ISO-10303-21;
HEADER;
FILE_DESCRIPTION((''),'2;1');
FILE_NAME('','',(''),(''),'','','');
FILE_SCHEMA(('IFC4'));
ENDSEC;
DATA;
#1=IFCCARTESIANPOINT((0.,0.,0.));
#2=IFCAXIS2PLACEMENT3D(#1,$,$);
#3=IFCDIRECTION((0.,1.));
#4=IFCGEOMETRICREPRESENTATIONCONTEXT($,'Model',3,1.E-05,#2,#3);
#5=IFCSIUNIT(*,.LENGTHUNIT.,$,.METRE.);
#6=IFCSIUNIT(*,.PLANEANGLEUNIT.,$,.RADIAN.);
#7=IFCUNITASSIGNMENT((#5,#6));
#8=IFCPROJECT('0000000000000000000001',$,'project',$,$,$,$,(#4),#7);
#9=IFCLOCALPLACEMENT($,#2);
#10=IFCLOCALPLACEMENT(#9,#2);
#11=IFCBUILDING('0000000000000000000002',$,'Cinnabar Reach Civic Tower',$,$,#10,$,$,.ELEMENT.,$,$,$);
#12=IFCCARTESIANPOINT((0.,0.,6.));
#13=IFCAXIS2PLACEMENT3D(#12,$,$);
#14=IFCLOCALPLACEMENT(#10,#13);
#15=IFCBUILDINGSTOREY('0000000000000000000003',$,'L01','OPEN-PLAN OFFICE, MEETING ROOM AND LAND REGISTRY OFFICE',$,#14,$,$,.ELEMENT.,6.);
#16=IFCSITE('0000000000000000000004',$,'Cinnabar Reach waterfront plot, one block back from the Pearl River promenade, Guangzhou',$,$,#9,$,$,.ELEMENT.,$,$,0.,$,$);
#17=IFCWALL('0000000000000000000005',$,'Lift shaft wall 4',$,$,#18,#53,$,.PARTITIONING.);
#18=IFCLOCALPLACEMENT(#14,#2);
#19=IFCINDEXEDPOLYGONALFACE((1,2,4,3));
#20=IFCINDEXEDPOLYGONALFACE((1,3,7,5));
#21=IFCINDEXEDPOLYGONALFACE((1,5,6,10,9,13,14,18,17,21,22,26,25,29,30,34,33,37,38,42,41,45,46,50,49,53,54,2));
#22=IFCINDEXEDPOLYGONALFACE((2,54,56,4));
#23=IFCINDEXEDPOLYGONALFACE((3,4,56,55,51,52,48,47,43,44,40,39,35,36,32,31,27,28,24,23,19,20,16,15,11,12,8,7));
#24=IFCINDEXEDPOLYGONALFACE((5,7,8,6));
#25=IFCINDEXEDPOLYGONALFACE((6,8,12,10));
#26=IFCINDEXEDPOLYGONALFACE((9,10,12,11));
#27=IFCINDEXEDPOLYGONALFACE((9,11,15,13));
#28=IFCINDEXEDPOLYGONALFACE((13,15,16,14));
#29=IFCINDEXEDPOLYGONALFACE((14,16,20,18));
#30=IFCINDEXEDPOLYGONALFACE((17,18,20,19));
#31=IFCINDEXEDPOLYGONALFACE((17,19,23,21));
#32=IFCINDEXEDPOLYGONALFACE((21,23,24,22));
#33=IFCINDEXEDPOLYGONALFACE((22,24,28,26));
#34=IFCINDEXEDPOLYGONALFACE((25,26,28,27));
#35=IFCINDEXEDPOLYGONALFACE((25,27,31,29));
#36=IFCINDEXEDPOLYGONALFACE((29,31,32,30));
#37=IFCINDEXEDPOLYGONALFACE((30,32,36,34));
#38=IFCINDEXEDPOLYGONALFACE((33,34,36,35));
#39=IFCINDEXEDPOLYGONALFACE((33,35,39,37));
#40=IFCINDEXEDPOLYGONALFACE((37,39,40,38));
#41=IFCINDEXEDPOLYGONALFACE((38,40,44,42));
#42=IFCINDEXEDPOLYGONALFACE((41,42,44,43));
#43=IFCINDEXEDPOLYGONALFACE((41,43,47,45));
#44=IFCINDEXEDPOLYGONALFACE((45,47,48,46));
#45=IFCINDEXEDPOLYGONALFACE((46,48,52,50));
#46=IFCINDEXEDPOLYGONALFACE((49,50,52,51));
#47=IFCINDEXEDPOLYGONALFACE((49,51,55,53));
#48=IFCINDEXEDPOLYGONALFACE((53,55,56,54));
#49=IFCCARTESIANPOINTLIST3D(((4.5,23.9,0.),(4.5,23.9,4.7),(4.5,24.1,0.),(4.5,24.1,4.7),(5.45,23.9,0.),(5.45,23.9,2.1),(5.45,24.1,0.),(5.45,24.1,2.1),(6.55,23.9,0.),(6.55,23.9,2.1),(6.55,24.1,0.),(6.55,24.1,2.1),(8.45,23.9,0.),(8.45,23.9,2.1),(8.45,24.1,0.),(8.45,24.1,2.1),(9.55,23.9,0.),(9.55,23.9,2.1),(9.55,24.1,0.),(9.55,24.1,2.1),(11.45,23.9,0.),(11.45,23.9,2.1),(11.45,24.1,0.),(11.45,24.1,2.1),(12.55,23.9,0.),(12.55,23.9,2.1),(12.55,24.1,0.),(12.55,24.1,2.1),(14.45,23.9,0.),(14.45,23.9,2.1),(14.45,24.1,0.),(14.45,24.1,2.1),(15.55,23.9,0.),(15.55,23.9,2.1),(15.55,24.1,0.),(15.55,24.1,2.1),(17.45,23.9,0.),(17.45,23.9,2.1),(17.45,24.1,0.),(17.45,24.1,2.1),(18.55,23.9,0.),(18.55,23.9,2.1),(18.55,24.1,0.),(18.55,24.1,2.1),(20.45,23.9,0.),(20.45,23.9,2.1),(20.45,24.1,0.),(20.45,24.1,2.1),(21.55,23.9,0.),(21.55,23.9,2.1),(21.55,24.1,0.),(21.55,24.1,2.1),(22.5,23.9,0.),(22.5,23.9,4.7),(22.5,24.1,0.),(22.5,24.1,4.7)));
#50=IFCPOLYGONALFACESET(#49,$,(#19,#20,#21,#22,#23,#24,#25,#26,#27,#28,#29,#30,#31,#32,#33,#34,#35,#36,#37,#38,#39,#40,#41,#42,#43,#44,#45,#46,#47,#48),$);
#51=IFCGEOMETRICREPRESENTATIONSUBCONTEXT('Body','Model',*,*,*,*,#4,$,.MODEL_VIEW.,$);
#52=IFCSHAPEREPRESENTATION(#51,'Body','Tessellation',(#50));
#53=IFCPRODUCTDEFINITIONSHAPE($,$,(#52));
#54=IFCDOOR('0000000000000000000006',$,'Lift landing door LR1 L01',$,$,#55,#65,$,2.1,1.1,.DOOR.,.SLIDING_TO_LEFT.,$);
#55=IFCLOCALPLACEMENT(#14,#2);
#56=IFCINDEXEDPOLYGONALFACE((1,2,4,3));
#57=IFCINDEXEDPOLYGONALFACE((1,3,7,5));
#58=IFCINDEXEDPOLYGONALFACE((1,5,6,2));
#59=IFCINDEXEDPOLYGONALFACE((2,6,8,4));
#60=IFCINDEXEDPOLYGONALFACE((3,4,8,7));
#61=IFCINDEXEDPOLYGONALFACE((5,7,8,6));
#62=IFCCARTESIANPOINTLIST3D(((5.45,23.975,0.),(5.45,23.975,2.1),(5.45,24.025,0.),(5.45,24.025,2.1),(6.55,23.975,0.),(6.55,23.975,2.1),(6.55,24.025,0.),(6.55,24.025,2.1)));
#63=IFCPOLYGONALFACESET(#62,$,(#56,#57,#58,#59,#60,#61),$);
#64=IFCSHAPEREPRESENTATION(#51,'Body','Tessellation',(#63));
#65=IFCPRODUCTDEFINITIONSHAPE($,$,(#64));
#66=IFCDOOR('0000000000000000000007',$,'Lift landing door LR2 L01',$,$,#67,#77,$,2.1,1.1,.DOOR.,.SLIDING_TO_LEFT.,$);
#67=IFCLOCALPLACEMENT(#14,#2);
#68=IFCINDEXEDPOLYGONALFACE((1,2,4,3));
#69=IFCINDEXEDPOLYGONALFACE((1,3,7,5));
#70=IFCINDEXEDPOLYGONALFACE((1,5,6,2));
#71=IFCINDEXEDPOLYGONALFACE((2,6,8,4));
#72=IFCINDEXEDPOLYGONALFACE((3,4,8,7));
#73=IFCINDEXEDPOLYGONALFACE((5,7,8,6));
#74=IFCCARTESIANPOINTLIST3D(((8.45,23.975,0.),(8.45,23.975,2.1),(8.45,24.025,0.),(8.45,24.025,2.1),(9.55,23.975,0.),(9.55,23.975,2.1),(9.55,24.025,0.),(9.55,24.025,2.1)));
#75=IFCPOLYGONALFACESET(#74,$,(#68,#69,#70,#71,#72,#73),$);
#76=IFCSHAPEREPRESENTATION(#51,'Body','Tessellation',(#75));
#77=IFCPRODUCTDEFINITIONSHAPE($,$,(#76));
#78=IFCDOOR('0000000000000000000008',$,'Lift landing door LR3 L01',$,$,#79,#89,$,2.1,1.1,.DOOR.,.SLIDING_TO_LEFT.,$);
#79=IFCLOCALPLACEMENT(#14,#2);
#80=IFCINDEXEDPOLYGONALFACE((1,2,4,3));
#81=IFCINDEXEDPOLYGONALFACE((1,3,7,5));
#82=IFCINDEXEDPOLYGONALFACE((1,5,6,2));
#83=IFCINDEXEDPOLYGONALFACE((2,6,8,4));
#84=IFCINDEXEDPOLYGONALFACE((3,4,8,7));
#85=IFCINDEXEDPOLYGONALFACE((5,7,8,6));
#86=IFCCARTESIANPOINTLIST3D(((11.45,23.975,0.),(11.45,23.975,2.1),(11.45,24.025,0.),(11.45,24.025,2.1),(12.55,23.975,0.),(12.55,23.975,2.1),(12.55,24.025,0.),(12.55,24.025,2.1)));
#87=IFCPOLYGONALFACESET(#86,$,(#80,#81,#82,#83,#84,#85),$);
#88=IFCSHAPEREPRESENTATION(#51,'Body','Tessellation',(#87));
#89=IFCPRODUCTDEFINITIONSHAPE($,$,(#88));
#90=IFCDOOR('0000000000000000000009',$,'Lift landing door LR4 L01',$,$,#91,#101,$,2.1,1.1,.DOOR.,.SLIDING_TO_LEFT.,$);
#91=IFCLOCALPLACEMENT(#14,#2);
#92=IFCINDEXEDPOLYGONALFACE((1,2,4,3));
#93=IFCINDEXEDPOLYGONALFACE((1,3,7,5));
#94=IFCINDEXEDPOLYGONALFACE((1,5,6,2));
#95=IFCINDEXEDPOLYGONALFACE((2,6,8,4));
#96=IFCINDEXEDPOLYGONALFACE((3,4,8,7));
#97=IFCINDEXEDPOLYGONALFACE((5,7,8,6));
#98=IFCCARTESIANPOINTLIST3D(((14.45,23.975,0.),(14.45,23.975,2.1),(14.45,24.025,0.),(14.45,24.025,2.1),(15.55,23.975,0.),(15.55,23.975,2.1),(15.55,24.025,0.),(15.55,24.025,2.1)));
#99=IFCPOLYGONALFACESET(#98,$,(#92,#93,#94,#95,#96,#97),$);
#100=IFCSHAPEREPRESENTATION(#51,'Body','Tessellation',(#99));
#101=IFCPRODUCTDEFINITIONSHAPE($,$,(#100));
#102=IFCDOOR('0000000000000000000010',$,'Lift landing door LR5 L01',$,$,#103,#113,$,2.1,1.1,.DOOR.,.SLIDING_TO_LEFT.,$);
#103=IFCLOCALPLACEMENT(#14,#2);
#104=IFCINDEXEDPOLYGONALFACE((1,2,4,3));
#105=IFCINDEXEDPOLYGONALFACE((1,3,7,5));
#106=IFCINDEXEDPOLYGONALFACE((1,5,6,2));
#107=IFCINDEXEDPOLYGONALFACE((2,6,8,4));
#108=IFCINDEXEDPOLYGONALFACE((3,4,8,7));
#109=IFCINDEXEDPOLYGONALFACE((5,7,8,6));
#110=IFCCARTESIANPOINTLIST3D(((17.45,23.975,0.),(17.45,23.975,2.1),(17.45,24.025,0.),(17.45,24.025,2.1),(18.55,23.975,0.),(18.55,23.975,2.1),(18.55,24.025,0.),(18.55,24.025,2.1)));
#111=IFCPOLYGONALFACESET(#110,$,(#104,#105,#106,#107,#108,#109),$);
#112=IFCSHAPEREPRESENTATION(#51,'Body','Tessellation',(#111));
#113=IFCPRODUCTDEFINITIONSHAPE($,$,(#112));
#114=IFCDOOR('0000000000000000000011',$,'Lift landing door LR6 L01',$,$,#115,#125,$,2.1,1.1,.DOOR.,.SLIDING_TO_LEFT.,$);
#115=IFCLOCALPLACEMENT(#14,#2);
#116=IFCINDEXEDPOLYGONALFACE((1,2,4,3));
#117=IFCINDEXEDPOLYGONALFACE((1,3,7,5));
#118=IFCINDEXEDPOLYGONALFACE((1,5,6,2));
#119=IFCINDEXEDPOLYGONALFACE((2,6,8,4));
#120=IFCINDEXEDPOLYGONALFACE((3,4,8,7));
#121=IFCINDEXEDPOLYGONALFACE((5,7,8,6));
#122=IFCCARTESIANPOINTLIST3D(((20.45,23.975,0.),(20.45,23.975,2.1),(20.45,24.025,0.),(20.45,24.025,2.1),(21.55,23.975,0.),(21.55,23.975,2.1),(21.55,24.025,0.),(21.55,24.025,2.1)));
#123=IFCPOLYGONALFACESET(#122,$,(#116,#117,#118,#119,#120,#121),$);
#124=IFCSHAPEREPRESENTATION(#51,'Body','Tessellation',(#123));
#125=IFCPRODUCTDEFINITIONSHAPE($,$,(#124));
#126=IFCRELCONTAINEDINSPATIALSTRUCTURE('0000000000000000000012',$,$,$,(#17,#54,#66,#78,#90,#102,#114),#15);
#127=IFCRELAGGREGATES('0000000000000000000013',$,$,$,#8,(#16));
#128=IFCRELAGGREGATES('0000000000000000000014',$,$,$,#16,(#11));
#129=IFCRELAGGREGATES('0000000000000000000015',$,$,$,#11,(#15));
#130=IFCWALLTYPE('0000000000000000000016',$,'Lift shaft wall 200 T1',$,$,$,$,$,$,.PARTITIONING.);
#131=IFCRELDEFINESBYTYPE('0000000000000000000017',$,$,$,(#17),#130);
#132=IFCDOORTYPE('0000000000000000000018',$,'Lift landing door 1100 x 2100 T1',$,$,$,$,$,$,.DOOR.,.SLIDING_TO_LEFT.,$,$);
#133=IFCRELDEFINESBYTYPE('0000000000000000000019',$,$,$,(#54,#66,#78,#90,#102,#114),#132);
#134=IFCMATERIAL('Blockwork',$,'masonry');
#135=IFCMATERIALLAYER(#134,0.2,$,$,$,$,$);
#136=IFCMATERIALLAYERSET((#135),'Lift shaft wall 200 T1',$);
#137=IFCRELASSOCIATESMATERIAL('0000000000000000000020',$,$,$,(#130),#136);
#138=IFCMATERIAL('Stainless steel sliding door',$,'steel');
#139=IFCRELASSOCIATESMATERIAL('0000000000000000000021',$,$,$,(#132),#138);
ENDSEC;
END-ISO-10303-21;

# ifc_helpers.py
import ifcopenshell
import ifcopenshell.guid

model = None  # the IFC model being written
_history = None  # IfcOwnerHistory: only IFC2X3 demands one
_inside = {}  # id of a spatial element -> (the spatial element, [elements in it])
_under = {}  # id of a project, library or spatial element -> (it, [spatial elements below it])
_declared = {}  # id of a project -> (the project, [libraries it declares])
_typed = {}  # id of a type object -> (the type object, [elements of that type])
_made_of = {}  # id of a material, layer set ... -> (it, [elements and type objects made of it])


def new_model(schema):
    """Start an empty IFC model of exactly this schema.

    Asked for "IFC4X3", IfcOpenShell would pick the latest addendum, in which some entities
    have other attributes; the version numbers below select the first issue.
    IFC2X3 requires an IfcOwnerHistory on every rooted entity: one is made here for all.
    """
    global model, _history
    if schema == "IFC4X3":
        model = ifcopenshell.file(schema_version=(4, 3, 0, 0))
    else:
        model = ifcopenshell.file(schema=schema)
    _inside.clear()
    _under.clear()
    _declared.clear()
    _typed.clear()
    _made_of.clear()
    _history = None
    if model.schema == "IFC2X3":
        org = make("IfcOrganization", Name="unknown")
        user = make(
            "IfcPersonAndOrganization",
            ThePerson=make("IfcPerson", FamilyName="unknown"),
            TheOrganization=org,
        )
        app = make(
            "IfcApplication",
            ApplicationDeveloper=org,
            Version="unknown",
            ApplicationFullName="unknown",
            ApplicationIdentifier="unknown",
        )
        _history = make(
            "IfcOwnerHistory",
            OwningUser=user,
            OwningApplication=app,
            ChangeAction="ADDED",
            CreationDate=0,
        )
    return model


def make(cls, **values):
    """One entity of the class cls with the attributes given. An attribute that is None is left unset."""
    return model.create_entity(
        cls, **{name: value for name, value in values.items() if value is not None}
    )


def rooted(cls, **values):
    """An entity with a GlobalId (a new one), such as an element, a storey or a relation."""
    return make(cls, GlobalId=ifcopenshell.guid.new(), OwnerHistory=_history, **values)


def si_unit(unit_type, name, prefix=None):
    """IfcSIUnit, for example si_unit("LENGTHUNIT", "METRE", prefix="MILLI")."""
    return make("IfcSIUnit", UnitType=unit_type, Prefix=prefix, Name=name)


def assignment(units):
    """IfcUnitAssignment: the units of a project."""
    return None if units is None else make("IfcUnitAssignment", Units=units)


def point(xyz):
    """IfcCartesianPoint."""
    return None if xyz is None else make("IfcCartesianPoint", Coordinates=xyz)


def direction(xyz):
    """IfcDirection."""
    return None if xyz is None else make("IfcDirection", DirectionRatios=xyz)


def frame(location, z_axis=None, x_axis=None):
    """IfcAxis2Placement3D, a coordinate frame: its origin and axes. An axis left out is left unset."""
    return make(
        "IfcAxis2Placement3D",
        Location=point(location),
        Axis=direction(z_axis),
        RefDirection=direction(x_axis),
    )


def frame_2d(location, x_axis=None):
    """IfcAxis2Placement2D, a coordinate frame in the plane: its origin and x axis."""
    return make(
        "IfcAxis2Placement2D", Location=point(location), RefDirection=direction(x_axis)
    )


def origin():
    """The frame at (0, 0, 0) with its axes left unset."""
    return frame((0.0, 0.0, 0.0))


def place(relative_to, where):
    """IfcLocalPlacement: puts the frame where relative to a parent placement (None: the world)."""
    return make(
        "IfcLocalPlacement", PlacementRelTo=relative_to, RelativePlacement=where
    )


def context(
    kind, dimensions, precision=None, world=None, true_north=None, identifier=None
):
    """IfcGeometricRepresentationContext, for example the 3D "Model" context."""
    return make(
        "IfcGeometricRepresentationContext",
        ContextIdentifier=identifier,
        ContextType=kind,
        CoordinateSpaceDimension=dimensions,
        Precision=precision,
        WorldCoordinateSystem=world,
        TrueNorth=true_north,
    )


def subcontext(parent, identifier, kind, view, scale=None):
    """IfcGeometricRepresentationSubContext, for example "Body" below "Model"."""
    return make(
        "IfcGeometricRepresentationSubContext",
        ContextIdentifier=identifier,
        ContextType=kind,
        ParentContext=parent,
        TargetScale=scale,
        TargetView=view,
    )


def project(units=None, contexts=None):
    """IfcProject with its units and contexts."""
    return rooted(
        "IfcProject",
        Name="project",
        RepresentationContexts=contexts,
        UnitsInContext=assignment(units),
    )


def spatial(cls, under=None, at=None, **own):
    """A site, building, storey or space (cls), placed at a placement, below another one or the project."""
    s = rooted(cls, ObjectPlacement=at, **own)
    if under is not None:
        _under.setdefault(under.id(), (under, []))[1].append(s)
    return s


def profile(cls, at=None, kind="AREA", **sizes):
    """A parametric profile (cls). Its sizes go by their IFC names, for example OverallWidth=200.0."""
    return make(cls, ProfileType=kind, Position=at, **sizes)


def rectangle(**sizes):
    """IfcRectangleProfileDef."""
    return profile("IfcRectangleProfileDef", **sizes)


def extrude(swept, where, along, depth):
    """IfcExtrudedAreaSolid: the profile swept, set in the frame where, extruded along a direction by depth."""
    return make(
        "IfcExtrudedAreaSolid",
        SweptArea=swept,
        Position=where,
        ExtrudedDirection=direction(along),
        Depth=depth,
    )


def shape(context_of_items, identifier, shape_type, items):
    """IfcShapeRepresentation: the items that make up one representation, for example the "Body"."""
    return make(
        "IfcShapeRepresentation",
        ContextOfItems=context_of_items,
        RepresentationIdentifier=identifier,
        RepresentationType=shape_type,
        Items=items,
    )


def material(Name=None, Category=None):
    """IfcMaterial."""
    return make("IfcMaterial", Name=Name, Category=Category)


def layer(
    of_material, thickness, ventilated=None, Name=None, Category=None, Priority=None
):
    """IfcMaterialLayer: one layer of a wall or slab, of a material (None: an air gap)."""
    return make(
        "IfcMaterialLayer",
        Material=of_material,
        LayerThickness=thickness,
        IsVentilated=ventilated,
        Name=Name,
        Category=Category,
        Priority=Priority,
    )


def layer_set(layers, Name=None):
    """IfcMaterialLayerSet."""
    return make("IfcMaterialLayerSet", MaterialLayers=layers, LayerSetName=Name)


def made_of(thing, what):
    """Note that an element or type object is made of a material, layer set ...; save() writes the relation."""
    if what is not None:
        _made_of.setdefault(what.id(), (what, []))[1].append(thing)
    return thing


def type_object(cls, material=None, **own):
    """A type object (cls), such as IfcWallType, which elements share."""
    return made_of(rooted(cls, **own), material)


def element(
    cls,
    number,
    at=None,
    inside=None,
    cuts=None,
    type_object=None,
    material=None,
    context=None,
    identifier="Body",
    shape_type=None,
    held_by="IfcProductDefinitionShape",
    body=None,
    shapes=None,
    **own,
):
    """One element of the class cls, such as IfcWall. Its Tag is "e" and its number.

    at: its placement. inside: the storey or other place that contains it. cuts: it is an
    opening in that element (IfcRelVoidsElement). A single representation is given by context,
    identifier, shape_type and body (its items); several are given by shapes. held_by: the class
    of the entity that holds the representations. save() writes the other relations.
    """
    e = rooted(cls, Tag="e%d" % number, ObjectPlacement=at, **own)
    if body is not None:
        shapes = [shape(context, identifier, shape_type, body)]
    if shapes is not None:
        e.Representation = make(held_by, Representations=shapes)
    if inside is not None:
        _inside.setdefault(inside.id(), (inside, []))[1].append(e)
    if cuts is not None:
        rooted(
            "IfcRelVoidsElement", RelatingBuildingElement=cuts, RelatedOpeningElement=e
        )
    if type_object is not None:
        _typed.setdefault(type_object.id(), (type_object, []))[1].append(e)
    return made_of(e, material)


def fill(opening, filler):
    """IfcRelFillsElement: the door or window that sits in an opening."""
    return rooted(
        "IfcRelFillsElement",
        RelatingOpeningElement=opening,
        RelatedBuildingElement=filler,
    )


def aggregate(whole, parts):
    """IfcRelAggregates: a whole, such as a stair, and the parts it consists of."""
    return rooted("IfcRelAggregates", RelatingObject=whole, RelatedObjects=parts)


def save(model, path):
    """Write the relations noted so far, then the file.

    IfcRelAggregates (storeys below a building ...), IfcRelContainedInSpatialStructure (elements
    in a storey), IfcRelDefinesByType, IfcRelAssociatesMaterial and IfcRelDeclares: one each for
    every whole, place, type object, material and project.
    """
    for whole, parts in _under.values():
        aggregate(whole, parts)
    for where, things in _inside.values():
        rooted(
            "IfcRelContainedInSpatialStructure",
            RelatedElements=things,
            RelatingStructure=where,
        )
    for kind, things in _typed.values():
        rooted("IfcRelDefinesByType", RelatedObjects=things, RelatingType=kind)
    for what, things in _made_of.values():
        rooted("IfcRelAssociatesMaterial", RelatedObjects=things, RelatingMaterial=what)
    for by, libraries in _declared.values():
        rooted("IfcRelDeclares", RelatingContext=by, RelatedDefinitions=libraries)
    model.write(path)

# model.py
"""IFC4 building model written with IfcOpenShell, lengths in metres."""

from ifc_helpers import new_model, si_unit, direction, frame, frame_2d, origin, place, context, subcontext, project, spatial, rectangle, extrude, material, layer, layer_set, type_object, element, fill, save


model = new_model("IFC4")

# Units and contexts
model_context = context("Model", 3, precision=1e-05, world=origin(), true_north=direction((0.0, 1.0)))
body_context = subcontext(model_context, "Body", "Model", "MODEL_VIEW")
ifc_project = project(units=[si_unit("LENGTHUNIT", "METRE"), si_unit("PLANEANGLEUNIT", "RADIAN")], contexts=[model_context])

# Site, building, storey
site_placement = place(None, origin())
site = spatial("IfcSite", under=ifc_project, at=site_placement, Name="Cinnabar Reach waterfront plot, one block back from the Pearl River promenade, Guangzhou", CompositionType="ELEMENT", RefElevation=0.0)
building_placement = place(site_placement, origin())
building = spatial("IfcBuilding", under=site, at=building_placement, Name="Cinnabar Reach Civic Tower", CompositionType="ELEMENT")
storey_placement = place(building_placement, frame((0.0, 0.0, 6.0)))
storey = spatial("IfcBuildingStorey", under=building, at=storey_placement, Name="L01", Description="OPEN-PLAN OFFICE, MEETING ROOM AND LAND REGISTRY OFFICE", CompositionType="ELEMENT", Elevation=6.0)

# Wall, openings, doors
ifc_material_1 = material(Name="Blockwork", Category="masonry")
ifc_layer_1 = layer(ifc_material_1, 0.2)
ifc_layer_set_1 = layer_set([ifc_layer_1], Name="Lift shaft wall 200 T1")
wall_type_1 = type_object("IfcWallType", Name="Lift shaft wall 200 T1", PredefinedType="PARTITIONING", material=ifc_layer_set_1)
wall_1_placement = place(storey_placement, frame((4.5, 24.0, 0.0), z_axis=(0.0, 0.0, 1.0), x_axis=(1.0, 0.0, 0.0)))
wall_1 = element("IfcWall", 1, at=wall_1_placement, inside=storey, type_object=wall_type_1, Name="Lift shaft wall 4", PredefinedType="PARTITIONING", context=body_context, shape_type="SweptSolid", body=[
    extrude(rectangle(XDim=18.0, YDim=0.2, at=frame_2d((9.0, 0.0))), origin(), (0.0, 0.0, 1.0), 4.7),
])
opening_1_placement = place(wall_1_placement, frame((0.95, 0.0, 0.0)))
opening_1 = element("IfcOpeningElement", 2, at=opening_1_placement, cuts=wall_1, PredefinedType="OPENING", context=body_context, shape_type="SweptSolid", body=[
    extrude(rectangle(XDim=1.1, YDim=2.1, at=frame_2d((0.55, 1.05))), frame((0.0, 0.11, 0.0), z_axis=(0.0, -1.0, 0.0), x_axis=(1.0, 0.0, 0.0)), (0.0, 0.0, 1.0), 0.22),
])
opening_2_placement = place(wall_1_placement, frame((3.95, 0.0, 0.0)))
opening_2 = element("IfcOpeningElement", 3, at=opening_2_placement, cuts=wall_1, PredefinedType="OPENING", context=body_context, shape_type="SweptSolid", body=[
    extrude(rectangle(XDim=1.1, YDim=2.1, at=frame_2d((0.55, 1.05))), frame((0.0, 0.11, 0.0), z_axis=(0.0, -1.0, 0.0), x_axis=(1.0, 0.0, 0.0)), (0.0, 0.0, 1.0), 0.22),
])
opening_3_placement = place(wall_1_placement, frame((6.95, 0.0, 0.0)))
opening_3 = element("IfcOpeningElement", 4, at=opening_3_placement, cuts=wall_1, PredefinedType="OPENING", context=body_context, shape_type="SweptSolid", body=[
    extrude(rectangle(XDim=1.1, YDim=2.1, at=frame_2d((0.55, 1.05))), frame((0.0, 0.11, 0.0), z_axis=(0.0, -1.0, 0.0), x_axis=(1.0, 0.0, 0.0)), (0.0, 0.0, 1.0), 0.22),
])
opening_4_placement = place(wall_1_placement, frame((9.95, 0.0, 0.0)))
opening_4 = element("IfcOpeningElement", 5, at=opening_4_placement, cuts=wall_1, PredefinedType="OPENING", context=body_context, shape_type="SweptSolid", body=[
    extrude(rectangle(XDim=1.1, YDim=2.1, at=frame_2d((0.55, 1.05))), frame((0.0, 0.11, 0.0), z_axis=(0.0, -1.0, 0.0), x_axis=(1.0, 0.0, 0.0)), (0.0, 0.0, 1.0), 0.22),
])
opening_5_placement = place(wall_1_placement, frame((12.95, 0.0, 0.0)))
opening_5 = element("IfcOpeningElement", 6, at=opening_5_placement, cuts=wall_1, PredefinedType="OPENING", context=body_context, shape_type="SweptSolid", body=[
    extrude(rectangle(XDim=1.1, YDim=2.1, at=frame_2d((0.55, 1.05))), frame((0.0, 0.11, 0.0), z_axis=(0.0, -1.0, 0.0), x_axis=(1.0, 0.0, 0.0)), (0.0, 0.0, 1.0), 0.22),
])
opening_6_placement = place(wall_1_placement, frame((15.95, 0.0, 0.0)))
opening_6 = element("IfcOpeningElement", 7, at=opening_6_placement, cuts=wall_1, PredefinedType="OPENING", context=body_context, shape_type="SweptSolid", body=[
    extrude(rectangle(XDim=1.1, YDim=2.1, at=frame_2d((0.55, 1.05))), frame((0.0, 0.11, 0.0), z_axis=(0.0, -1.0, 0.0), x_axis=(1.0, 0.0, 0.0)), (0.0, 0.0, 1.0), 0.22),
])
ifc_material_2 = material(Name="Stainless steel sliding door", Category="steel")
door_type_1 = type_object("IfcDoorType", Name="Lift landing door 1100 x 2100 T1", OperationType="SLIDING_TO_LEFT", PredefinedType="DOOR", material=ifc_material_2)
door_1_placement = place(opening_1_placement, origin())
door_1 = element("IfcDoor", 8, at=door_1_placement, inside=storey, type_object=door_type_1, Name="Lift landing door LR1 L01", OperationType="SLIDING_TO_LEFT", OverallHeight=2.1, OverallWidth=1.1, PredefinedType="DOOR", context=body_context, shape_type="SweptSolid", body=[
    extrude(rectangle(XDim=1.1, YDim=2.1, at=frame_2d((0.55, 1.05))), frame((0.0, 0.025, 0.0), z_axis=(0.0, -1.0, 0.0), x_axis=(1.0, 0.0, 0.0)), (0.0, 0.0, 1.0), 0.05),
])
fill(opening_1, door_1)
door_2_placement = place(opening_2_placement, origin())
door_2 = element("IfcDoor", 9, at=door_2_placement, inside=storey, type_object=door_type_1, Name="Lift landing door LR2 L01", OperationType="SLIDING_TO_LEFT", OverallHeight=2.1, OverallWidth=1.1, PredefinedType="DOOR", context=body_context, shape_type="SweptSolid", body=[
    extrude(rectangle(XDim=1.1, YDim=2.1, at=frame_2d((0.55, 1.05))), frame((0.0, 0.025, 0.0), z_axis=(0.0, -1.0, 0.0), x_axis=(1.0, 0.0, 0.0)), (0.0, 0.0, 1.0), 0.05),
])
fill(opening_2, door_2)
door_3_placement = place(opening_3_placement, origin())
door_3 = element("IfcDoor", 10, at=door_3_placement, inside=storey, type_object=door_type_1, Name="Lift landing door LR3 L01", OperationType="SLIDING_TO_LEFT", OverallHeight=2.1, OverallWidth=1.1, PredefinedType="DOOR", context=body_context, shape_type="SweptSolid", body=[
    extrude(rectangle(XDim=1.1, YDim=2.1, at=frame_2d((0.55, 1.05))), frame((0.0, 0.025, 0.0), z_axis=(0.0, -1.0, 0.0), x_axis=(1.0, 0.0, 0.0)), (0.0, 0.0, 1.0), 0.05),
])
fill(opening_3, door_3)
door_4_placement = place(opening_4_placement, origin())
door_4 = element("IfcDoor", 11, at=door_4_placement, inside=storey, type_object=door_type_1, Name="Lift landing door LR4 L01", OperationType="SLIDING_TO_LEFT", OverallHeight=2.1, OverallWidth=1.1, PredefinedType="DOOR", context=body_context, shape_type="SweptSolid", body=[
    extrude(rectangle(XDim=1.1, YDim=2.1, at=frame_2d((0.55, 1.05))), frame((0.0, 0.025, 0.0), z_axis=(0.0, -1.0, 0.0), x_axis=(1.0, 0.0, 0.0)), (0.0, 0.0, 1.0), 0.05),
])
fill(opening_4, door_4)
door_5_placement = place(opening_5_placement, origin())
door_5 = element("IfcDoor", 12, at=door_5_placement, inside=storey, type_object=door_type_1, Name="Lift landing door LR5 L01", OperationType="SLIDING_TO_LEFT", OverallHeight=2.1, OverallWidth=1.1, PredefinedType="DOOR", context=body_context, shape_type="SweptSolid", body=[
    extrude(rectangle(XDim=1.1, YDim=2.1, at=frame_2d((0.55, 1.05))), frame((0.0, 0.025, 0.0), z_axis=(0.0, -1.0, 0.0), x_axis=(1.0, 0.0, 0.0)), (0.0, 0.0, 1.0), 0.05),
])
fill(opening_5, door_5)
door_6_placement = place(opening_6_placement, origin())
door_6 = element("IfcDoor", 13, at=door_6_placement, inside=storey, type_object=door_type_1, Name="Lift landing door LR6 L01", OperationType="SLIDING_TO_LEFT", OverallHeight=2.1, OverallWidth=1.1, PredefinedType="DOOR", context=body_context, shape_type="SweptSolid", body=[
    extrude(rectangle(XDim=1.1, YDim=2.1, at=frame_2d((0.55, 1.05))), frame((0.0, 0.025, 0.0), z_axis=(0.0, -1.0, 0.0), x_axis=(1.0, 0.0, 0.0)), (0.0, 0.0, 1.0), 0.05),
])
fill(opening_6, door_6)

save(model, "model.ifc")
